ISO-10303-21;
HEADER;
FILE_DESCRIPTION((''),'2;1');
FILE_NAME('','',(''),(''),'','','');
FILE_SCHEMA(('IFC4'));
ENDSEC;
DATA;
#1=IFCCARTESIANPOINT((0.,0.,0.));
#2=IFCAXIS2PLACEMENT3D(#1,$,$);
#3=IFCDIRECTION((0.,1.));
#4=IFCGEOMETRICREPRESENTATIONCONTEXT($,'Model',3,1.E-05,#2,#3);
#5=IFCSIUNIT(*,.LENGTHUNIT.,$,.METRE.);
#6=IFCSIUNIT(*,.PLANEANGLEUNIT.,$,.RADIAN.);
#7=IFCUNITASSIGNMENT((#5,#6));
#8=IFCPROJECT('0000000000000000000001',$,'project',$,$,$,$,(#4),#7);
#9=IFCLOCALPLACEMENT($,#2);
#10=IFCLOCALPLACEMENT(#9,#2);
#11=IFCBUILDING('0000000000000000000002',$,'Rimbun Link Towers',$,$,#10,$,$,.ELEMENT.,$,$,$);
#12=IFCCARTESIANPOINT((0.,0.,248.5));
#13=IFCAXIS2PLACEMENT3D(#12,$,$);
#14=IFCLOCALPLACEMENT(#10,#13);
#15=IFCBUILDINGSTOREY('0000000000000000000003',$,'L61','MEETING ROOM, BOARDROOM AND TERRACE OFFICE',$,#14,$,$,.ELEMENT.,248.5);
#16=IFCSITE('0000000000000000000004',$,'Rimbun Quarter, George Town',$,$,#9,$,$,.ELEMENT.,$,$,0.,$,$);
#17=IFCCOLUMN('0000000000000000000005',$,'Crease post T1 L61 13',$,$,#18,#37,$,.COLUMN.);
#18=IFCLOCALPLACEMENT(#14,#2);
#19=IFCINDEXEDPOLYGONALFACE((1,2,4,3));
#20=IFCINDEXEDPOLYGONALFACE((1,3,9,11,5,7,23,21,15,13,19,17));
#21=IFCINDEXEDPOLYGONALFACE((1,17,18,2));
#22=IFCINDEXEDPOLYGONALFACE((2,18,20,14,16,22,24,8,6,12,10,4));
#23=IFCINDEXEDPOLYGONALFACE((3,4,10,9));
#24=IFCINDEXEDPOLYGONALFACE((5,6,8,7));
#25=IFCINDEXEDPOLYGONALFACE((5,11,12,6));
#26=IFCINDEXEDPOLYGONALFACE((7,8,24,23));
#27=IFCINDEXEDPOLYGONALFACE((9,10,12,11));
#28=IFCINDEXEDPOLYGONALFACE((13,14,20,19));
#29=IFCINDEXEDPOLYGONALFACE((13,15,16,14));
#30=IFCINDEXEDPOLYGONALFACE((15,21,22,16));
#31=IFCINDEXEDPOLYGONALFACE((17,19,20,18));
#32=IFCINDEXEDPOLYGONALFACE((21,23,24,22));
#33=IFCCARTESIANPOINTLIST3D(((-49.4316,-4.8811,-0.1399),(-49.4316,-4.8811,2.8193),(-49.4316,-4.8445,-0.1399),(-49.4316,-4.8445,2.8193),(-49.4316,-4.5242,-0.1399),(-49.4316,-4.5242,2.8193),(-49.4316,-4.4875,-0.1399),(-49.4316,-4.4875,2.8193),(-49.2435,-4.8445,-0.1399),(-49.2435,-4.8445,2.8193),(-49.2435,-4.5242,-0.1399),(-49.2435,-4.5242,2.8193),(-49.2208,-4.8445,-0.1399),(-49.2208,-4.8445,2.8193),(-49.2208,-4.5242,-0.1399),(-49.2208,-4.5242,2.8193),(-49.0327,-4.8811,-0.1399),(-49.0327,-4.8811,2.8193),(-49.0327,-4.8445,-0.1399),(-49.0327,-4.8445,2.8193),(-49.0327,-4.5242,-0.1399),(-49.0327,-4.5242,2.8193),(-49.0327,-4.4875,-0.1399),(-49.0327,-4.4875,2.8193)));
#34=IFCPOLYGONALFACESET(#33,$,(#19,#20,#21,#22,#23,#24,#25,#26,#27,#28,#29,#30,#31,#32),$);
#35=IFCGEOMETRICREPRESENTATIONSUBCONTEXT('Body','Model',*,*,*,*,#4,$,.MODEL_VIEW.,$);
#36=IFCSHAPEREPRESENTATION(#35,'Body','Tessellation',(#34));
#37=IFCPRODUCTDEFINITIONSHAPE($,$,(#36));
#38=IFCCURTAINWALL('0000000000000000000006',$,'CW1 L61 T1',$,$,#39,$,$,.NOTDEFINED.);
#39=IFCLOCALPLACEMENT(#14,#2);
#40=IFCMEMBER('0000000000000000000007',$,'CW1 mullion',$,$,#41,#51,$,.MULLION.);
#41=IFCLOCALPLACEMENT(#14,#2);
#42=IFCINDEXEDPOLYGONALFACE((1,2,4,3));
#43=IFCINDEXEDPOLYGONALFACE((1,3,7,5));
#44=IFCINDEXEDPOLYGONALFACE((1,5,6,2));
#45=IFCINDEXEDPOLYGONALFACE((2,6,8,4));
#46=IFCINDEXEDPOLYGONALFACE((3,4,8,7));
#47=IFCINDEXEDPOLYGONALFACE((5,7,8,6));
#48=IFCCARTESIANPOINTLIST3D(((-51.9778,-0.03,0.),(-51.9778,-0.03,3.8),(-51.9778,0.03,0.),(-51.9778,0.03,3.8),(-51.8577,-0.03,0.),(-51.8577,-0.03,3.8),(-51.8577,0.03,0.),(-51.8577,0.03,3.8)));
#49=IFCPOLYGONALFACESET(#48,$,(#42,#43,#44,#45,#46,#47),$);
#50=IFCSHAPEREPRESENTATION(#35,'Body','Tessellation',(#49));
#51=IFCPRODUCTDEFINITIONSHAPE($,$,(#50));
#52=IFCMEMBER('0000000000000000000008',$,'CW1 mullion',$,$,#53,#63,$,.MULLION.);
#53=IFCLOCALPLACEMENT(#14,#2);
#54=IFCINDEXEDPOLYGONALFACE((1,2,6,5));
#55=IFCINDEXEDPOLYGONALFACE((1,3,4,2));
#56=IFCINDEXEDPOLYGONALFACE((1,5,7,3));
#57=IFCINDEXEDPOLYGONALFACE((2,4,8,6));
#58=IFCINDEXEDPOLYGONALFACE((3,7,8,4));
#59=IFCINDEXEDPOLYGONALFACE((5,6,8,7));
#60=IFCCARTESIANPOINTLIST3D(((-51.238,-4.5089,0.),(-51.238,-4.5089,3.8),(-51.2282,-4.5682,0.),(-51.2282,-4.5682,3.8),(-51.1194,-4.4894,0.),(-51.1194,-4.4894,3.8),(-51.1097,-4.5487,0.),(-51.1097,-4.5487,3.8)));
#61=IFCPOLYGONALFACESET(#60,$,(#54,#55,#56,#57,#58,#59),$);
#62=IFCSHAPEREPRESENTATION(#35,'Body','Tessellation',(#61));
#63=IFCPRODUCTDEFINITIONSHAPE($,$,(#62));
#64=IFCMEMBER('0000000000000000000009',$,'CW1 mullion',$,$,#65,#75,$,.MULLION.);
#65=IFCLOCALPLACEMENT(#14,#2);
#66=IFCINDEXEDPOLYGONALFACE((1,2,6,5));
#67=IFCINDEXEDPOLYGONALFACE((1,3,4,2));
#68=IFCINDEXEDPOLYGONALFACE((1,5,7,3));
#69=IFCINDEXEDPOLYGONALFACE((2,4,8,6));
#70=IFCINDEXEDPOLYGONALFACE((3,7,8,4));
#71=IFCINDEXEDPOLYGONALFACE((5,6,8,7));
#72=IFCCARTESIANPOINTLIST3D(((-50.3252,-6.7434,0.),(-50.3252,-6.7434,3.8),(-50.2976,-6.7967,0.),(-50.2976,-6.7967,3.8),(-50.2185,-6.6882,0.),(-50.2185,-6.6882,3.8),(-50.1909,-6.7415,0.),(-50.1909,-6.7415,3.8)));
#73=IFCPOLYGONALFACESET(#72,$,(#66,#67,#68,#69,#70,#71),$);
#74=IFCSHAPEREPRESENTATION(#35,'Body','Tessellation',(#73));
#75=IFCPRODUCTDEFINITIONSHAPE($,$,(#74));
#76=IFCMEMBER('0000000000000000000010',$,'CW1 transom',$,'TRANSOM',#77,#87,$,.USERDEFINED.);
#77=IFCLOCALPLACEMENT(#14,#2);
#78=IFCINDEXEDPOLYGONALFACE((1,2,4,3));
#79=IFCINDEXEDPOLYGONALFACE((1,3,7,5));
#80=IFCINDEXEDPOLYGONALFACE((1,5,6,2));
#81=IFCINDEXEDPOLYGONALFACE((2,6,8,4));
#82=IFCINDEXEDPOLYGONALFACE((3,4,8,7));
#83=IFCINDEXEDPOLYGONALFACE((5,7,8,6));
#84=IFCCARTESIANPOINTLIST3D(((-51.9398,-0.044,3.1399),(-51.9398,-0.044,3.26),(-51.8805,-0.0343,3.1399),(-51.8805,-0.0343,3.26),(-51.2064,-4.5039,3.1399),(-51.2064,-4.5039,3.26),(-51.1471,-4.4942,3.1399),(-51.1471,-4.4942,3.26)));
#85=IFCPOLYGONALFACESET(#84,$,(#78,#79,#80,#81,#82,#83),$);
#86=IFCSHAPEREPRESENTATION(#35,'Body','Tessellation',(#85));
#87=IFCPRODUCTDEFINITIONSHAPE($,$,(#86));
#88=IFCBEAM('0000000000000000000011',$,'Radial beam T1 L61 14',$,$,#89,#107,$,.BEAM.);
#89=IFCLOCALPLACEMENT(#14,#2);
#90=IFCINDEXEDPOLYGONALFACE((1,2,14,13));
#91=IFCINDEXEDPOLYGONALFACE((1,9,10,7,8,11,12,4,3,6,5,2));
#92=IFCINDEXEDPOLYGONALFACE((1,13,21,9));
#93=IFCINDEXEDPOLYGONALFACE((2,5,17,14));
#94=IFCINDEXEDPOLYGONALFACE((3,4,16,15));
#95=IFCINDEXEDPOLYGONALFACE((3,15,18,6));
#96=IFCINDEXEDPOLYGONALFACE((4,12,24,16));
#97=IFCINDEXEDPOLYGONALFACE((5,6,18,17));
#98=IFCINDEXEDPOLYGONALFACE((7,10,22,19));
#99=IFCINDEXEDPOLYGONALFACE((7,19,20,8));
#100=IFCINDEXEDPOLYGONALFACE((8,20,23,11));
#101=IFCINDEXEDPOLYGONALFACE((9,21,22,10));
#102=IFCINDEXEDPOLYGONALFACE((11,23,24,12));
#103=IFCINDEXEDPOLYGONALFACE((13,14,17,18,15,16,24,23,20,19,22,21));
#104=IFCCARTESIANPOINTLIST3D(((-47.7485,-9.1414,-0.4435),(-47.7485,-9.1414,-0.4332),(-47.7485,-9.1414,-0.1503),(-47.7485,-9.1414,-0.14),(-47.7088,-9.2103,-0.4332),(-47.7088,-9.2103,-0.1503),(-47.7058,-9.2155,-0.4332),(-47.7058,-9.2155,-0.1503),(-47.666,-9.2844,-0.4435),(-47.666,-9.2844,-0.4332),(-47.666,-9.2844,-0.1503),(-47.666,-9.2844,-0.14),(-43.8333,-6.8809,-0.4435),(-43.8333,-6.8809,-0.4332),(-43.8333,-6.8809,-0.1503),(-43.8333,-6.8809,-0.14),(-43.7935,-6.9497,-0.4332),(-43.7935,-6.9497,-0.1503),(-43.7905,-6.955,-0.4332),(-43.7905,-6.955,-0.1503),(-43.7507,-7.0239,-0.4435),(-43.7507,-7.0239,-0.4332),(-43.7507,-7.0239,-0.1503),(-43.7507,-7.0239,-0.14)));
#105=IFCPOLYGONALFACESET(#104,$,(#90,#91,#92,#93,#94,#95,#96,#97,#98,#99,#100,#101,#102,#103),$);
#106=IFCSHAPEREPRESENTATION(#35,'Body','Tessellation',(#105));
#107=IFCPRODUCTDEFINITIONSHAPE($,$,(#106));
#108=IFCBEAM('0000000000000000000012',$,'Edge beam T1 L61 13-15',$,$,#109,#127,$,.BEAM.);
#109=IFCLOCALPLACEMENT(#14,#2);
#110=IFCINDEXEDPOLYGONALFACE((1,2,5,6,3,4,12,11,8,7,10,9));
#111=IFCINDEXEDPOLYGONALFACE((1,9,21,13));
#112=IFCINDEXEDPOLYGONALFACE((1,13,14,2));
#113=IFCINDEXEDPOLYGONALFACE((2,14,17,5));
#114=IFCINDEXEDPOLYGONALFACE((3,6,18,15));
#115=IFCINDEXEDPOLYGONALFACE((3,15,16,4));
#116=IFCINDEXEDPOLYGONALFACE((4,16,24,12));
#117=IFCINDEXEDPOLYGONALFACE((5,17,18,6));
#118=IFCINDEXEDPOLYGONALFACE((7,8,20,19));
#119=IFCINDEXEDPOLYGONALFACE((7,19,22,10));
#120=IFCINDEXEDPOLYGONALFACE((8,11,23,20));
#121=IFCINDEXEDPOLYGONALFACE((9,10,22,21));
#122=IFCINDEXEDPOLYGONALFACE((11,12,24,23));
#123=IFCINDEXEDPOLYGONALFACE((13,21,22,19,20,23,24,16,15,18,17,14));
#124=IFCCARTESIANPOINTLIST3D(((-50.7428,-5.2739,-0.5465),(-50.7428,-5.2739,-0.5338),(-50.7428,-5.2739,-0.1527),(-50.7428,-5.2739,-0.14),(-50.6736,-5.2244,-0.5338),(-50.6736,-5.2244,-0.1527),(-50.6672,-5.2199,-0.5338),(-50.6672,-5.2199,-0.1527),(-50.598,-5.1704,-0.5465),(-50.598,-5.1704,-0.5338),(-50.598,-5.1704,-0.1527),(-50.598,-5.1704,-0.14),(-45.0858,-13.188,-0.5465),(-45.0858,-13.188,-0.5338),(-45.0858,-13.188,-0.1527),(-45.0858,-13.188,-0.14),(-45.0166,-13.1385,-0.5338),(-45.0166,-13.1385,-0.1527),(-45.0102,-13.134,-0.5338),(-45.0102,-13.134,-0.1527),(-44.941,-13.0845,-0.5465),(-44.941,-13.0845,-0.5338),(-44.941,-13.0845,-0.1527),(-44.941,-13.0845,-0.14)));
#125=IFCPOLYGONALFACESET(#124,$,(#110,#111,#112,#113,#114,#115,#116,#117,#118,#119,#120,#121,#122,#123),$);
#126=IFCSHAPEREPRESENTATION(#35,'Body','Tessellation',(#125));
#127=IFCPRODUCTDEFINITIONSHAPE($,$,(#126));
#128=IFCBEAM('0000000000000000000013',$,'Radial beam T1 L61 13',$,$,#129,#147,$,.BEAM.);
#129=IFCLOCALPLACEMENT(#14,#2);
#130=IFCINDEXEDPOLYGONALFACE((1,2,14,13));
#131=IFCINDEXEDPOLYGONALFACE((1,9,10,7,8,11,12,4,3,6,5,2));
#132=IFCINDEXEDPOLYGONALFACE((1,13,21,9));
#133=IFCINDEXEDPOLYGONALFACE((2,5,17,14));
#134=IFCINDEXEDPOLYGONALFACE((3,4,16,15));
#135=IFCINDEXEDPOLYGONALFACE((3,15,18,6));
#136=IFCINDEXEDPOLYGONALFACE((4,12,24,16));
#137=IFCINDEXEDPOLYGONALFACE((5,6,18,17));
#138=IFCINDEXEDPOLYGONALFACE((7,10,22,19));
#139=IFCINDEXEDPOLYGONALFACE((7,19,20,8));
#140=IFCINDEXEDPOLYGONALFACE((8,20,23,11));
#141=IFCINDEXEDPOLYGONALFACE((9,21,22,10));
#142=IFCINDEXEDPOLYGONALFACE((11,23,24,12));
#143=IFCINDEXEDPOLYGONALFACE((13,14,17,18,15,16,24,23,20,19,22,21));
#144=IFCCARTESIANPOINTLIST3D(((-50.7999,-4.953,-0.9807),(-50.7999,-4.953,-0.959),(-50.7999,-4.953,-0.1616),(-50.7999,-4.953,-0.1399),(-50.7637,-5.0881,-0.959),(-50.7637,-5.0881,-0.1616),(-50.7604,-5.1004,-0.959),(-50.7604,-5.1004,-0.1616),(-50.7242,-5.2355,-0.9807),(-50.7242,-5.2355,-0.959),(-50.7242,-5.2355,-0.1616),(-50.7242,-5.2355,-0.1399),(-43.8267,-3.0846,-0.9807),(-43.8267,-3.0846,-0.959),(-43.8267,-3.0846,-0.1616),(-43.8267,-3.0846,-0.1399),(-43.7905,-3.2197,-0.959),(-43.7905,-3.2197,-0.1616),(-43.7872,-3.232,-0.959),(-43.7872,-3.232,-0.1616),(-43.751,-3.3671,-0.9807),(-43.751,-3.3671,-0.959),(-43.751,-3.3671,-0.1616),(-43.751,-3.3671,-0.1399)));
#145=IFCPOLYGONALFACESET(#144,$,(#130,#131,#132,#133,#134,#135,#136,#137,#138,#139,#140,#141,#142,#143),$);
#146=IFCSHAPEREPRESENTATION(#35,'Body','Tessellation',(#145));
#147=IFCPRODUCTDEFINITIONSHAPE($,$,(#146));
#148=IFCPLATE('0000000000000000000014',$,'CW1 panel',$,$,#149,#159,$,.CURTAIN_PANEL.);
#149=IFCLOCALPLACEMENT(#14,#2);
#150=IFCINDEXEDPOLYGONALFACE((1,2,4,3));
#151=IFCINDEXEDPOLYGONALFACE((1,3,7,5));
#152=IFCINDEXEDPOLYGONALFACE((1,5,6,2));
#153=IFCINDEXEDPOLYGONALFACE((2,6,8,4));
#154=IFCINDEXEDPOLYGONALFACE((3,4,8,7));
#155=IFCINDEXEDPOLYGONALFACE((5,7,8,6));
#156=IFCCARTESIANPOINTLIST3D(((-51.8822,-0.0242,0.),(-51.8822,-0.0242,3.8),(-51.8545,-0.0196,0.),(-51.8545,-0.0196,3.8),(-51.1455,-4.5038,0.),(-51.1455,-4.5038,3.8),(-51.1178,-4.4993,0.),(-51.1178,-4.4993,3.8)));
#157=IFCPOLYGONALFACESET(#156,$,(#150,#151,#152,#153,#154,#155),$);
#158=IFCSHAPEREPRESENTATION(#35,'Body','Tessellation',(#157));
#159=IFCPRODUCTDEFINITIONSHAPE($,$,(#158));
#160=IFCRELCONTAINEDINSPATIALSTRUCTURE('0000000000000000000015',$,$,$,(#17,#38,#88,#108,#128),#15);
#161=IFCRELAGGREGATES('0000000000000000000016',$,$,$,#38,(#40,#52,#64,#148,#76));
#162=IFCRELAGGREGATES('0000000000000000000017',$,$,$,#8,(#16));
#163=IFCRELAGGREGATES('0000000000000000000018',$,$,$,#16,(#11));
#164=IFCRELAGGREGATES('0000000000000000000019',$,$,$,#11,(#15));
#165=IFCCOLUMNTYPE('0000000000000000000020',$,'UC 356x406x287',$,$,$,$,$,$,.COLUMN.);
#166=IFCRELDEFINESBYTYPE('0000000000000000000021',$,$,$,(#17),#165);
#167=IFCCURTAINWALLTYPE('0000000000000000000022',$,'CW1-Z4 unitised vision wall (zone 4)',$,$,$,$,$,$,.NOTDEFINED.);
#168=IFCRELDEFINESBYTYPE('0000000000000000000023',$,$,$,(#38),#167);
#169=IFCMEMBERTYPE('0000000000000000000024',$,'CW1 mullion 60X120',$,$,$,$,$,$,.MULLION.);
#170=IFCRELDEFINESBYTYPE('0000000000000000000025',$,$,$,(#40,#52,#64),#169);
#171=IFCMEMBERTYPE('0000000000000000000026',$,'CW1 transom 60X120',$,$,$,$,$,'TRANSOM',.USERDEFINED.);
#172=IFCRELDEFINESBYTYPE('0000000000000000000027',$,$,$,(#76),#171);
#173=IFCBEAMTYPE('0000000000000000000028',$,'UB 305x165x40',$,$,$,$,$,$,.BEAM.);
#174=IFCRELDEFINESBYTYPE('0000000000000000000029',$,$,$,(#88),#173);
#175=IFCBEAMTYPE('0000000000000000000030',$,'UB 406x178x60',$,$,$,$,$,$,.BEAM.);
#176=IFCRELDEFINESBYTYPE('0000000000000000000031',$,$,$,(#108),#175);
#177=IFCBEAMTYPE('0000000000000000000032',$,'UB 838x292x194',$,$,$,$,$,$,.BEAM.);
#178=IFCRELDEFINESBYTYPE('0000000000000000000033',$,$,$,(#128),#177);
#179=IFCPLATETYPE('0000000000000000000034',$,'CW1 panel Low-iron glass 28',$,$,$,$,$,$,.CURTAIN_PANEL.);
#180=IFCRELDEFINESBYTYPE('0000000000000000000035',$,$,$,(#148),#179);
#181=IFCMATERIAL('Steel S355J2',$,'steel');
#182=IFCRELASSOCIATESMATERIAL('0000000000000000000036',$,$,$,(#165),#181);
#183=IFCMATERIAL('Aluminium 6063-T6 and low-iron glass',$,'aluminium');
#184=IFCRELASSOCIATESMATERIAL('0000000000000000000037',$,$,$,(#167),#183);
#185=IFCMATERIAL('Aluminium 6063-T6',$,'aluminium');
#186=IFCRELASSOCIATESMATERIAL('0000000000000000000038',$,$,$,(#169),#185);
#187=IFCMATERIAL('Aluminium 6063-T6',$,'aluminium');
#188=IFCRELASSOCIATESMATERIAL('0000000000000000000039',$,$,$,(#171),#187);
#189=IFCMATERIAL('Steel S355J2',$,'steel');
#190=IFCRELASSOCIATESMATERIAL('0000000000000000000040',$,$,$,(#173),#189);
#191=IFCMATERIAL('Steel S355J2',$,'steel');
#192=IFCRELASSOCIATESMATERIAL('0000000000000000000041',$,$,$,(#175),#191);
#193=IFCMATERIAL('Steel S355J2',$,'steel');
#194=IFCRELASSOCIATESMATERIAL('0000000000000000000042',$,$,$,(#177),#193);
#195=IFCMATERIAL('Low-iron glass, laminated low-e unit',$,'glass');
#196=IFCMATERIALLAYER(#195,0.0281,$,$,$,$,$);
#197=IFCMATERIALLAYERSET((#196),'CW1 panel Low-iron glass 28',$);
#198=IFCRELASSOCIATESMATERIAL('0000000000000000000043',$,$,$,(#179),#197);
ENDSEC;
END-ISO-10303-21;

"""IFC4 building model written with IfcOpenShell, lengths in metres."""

from ifc_helpers import new_model, si_unit, direction, frame, origin, origin_2d, place, context, subcontext, project, spatial, rectangle, i_section, extrude, material, layer, layer_set, material_profile, profile_set, type_object, element, aggregate, save


model = new_model("IFC4")

# Units and contexts
model_context = context("Model", 3, precision=1e-05, world=origin(), true_north=direction((0.0, 1.0)))
body_context = subcontext(model_context, "Body", "Model", "MODEL_VIEW")
ifc_project = project(units=[si_unit("LENGTHUNIT", "METRE"), si_unit("PLANEANGLEUNIT", "RADIAN")], contexts=[model_context])

# Site, building, storey
site_placement = place(None, origin())
site = spatial("IfcSite", under=ifc_project, at=site_placement, Name="Rimbun Quarter, George Town", CompositionType="ELEMENT", RefElevation=0.0)
building_placement = place(site_placement, origin())
building = spatial("IfcBuilding", under=site, at=building_placement, Name="Rimbun Link Towers", CompositionType="ELEMENT")
storey_placement = place(building_placement, frame((0.0, 0.0, 248.5)))
storey = spatial("IfcBuildingStorey", under=building, at=storey_placement, Name="L61", Description="MEETING ROOM, BOARDROOM AND TERRACE OFFICE", CompositionType="ELEMENT", Elevation=248.5)

# Column
ifc_material_1 = material(Name="Steel S355J2", Category="steel")
ifc_material_profile_1 = material_profile(ifc_material_1, i_section(OverallWidth=0.3989, OverallDepth=0.3936, WebThickness=0.0227, FlangeThickness=0.0366, at=origin_2d()), Name="UC 356x406x287")
ifc_profile_set_1 = profile_set([ifc_material_profile_1], Name="Steel S355J2")
column_type = type_object("IfcColumnType", Name="UC 356x406x287", PredefinedType="COLUMN", material=ifc_profile_set_1)
column_placement = place(storey_placement, frame((-49.2322, -4.6843, -0.1399), z_axis=(0.0, 0.0, 1.0), x_axis=(1.0, 0.0, 0.0)))
element("IfcColumn", 1, at=column_placement, inside=storey, type_object=column_type, Name="Crease post T1 L61 13", PredefinedType="COLUMN", context=body_context, shape_type="SweptSolid", body=[
    extrude(i_section(OverallWidth=0.3989, OverallDepth=0.3936, WebThickness=0.0227, FlangeThickness=0.0366, at=origin_2d()), origin(), (0.0, 0.0, 1.0), 2.9592),
])

# Curtain wall, members
ifc_material_2 = material(Name="Aluminium 6063-T6 and low-iron glass", Category="aluminium")
curtain_wall_type = type_object("IfcCurtainWallType", Name="CW1-Z4 unitised vision wall (zone 4)", PredefinedType="NOTDEFINED", material=ifc_material_2)
curtain_wall_placement = place(storey_placement, origin())
curtain_wall = element("IfcCurtainWall", 2, at=curtain_wall_placement, inside=storey, type_object=curtain_wall_type, Name="CW1 L61 T1", PredefinedType="NOTDEFINED")
ifc_material_3 = material(Name="Aluminium 6063-T6", Category="aluminium")
ifc_material_profile_2 = material_profile(ifc_material_3, rectangle(XDim=0.1201, YDim=0.0601, at=origin_2d()), Name="MULLION 60X120")
ifc_profile_set_2 = profile_set([ifc_material_profile_2], Name="Aluminium 6063-T6")
member_type_1 = type_object("IfcMemberType", Name="CW1 mullion 60X120", PredefinedType="MULLION", material=ifc_profile_set_2)
member_1_placement = place(storey_placement, frame((-51.9177, 0.0, 0.0), z_axis=(0.0, 0.0, 1.0), x_axis=(-1.0, 0.0, 0.0)))
member_1 = element("IfcMember", 3, at=member_1_placement, type_object=member_type_1, Name="CW1 mullion", PredefinedType="MULLION", context=body_context, shape_type="SweptSolid", body=[
    extrude(rectangle(XDim=0.1201, YDim=0.0601, at=origin_2d()), origin(), (0.0, 0.0, 1.0), 3.8),
])
member_2_placement = place(storey_placement, frame((-51.1738, -4.5288, 0.0), z_axis=(0.0, 0.0, 1.0), x_axis=(-0.986748, -0.162262, 0.0)))
member_2 = element("IfcMember", 4, at=member_2_placement, type_object=member_type_1, Name="CW1 mullion", PredefinedType="MULLION", context=body_context, shape_type="SweptSolid", body=[
    extrude(rectangle(XDim=0.1201, YDim=0.0601, at=origin_2d()), origin(), (0.0, 0.0, 1.0), 3.8),
])
member_3_placement = place(storey_placement, frame((-50.2581, -6.7424, 0.0), z_axis=(0.0, 0.0, 1.0), x_axis=(-0.888151, -0.459552, 0.0)))
member_3 = element("IfcMember", 5, at=member_3_placement, type_object=member_type_1, Name="CW1 mullion", PredefinedType="MULLION", context=body_context, shape_type="SweptSolid", body=[
    extrude(rectangle(XDim=0.1201, YDim=0.0601, at=origin_2d()), origin(), (0.0, 0.0, 1.0), 3.8),
])
ifc_material_4 = material(Name="Aluminium 6063-T6", Category="aluminium")
ifc_material_profile_3 = material_profile(ifc_material_4, rectangle(XDim=0.0601, YDim=0.1201, at=origin_2d()), Name="TRANSOM 60X120")
ifc_profile_set_3 = profile_set([ifc_material_profile_3], Name="Aluminium 6063-T6")
member_type_2 = type_object("IfcMemberType", Name="CW1 transom 60X120", ElementType="TRANSOM", PredefinedType="USERDEFINED", material=ifc_profile_set_3)
member_4_placement = place(storey_placement, frame((-51.1768, -4.499, 3.2), z_axis=(-0.162261, 0.986748, 0.0), x_axis=(-0.986748, -0.162261, 0.0)))
member_4 = element("IfcMember", 6, at=member_4_placement, type_object=member_type_2, Name="CW1 transom", ObjectType="TRANSOM", PredefinedType="USERDEFINED", context=body_context, shape_type="SweptSolid", body=[
    extrude(rectangle(XDim=0.0601, YDim=0.1201, at=origin_2d()), origin(), (0.0, 0.0, 1.0), 4.5198),
])

# Beams
ifc_material_5 = material(Name="Steel S355J2", Category="steel")
ifc_material_profile_4 = material_profile(ifc_material_5, i_section(OverallWidth=0.165, OverallDepth=0.3035, WebThickness=0.0061, FlangeThickness=0.0103, at=origin_2d()), Name="UB 305x165x40")
ifc_profile_set_4 = profile_set([ifc_material_profile_4], Name="Steel S355J2")
beam_type_1 = type_object("IfcBeamType", Name="UB 305x165x40", PredefinedType="BEAM", material=ifc_profile_set_4)
beam_1_placement = place(storey_placement, frame((-43.792, -6.9524, -0.2917), z_axis=(-0.866025, -0.500001, 0.0), x_axis=(0.500001, -0.866025, 0.0)))
element("IfcBeam", 7, at=beam_1_placement, inside=storey, type_object=beam_type_1, Name="Radial beam T1 L61 14", PredefinedType="BEAM", context=body_context, shape_type="SweptSolid", body=[
    extrude(i_section(OverallWidth=0.165, OverallDepth=0.3035, WebThickness=0.0061, FlangeThickness=0.0103, at=origin_2d()), origin(), (0.0, 0.0, 1.0), 4.521),
])
ifc_material_6 = material(Name="Steel S355J2", Category="steel")
ifc_material_profile_5 = material_profile(ifc_material_6, i_section(OverallWidth=0.178, OverallDepth=0.4065, WebThickness=0.0078, FlangeThickness=0.0127, at=origin_2d()), Name="UB 406x178x60")
ifc_profile_set_5 = profile_set([ifc_material_profile_5], Name="Steel S355J2")
beam_type_2 = type_object("IfcBeamType", Name="UB 406x178x60", PredefinedType="BEAM", material=ifc_profile_set_5)
beam_2_placement = place(storey_placement, frame((-50.6704, -5.2222, -0.3433), z_axis=(0.581516, -0.813535, 0.0), x_axis=(0.813535, 0.581516, 0.0)))
element("IfcBeam", 8, at=beam_2_placement, inside=storey, type_object=beam_type_2, Name="Edge beam T1 L61 13-15", PredefinedType="BEAM", context=body_context, shape_type="SweptSolid", body=[
    extrude(i_section(OverallWidth=0.178, OverallDepth=0.4065, WebThickness=0.0078, FlangeThickness=0.0127, at=origin_2d()), origin(), (0.0, 0.0, 1.0), 9.728),
])
ifc_material_7 = material(Name="Steel S355J2", Category="steel")
ifc_material_profile_6 = material_profile(ifc_material_7, i_section(OverallWidth=0.2925, OverallDepth=0.8408, WebThickness=0.0127, FlangeThickness=0.0217, at=origin_2d()), Name="UB 838x292x194")
ifc_profile_set_6 = profile_set([ifc_material_profile_6], Name="Steel S355J2")
beam_type_3 = type_object("IfcBeamType", Name="UB 838x292x194", PredefinedType="BEAM", material=ifc_profile_set_6)
beam_3_placement = place(storey_placement, frame((-43.7888, -3.2258, -0.5603), z_axis=(-0.965927, -0.258814, 0.0), x_axis=(0.258814, -0.965927, 0.0)))
element("IfcBeam", 9, at=beam_3_placement, inside=storey, type_object=beam_type_3, Name="Radial beam T1 L61 13", PredefinedType="BEAM", context=body_context, shape_type="SweptSolid", body=[
    extrude(i_section(OverallWidth=0.2925, OverallDepth=0.8408, WebThickness=0.0127, FlangeThickness=0.0217, at=origin_2d()), origin(), (0.0, 0.0, 1.0), 7.2192),
])

# Plate
ifc_material_8 = material(Name="Low-iron glass, laminated low-e unit", Category="glass")
ifc_layer_1 = layer(ifc_material_8, 0.0281)
ifc_layer_set_1 = layer_set([ifc_layer_1], Name="CW1 panel Low-iron glass 28")
plate_type = type_object("IfcPlateType", Name="CW1 panel Low-iron glass 28", PredefinedType="CURTAIN_PANEL", material=ifc_layer_set_1)
plate_placement = place(storey_placement, frame((-51.5, -2.2617, 0.0), z_axis=(0.0, 0.0, 1.0), x_axis=(-0.162262, 0.986748, 0.0)))
plate = element("IfcPlate", 10, at=plate_placement, type_object=plate_type, Name="CW1 panel", PredefinedType="CURTAIN_PANEL", context=body_context, shape_type="SweptSolid", body=[
    extrude(rectangle(XDim=4.5398, YDim=0.0281, at=origin_2d()), origin(), (0.0, 0.0, 1.0), 3.8),
])
aggregate(curtain_wall, [member_1, member_2, member_3, plate, member_4])

save(model, "model.ifc")
